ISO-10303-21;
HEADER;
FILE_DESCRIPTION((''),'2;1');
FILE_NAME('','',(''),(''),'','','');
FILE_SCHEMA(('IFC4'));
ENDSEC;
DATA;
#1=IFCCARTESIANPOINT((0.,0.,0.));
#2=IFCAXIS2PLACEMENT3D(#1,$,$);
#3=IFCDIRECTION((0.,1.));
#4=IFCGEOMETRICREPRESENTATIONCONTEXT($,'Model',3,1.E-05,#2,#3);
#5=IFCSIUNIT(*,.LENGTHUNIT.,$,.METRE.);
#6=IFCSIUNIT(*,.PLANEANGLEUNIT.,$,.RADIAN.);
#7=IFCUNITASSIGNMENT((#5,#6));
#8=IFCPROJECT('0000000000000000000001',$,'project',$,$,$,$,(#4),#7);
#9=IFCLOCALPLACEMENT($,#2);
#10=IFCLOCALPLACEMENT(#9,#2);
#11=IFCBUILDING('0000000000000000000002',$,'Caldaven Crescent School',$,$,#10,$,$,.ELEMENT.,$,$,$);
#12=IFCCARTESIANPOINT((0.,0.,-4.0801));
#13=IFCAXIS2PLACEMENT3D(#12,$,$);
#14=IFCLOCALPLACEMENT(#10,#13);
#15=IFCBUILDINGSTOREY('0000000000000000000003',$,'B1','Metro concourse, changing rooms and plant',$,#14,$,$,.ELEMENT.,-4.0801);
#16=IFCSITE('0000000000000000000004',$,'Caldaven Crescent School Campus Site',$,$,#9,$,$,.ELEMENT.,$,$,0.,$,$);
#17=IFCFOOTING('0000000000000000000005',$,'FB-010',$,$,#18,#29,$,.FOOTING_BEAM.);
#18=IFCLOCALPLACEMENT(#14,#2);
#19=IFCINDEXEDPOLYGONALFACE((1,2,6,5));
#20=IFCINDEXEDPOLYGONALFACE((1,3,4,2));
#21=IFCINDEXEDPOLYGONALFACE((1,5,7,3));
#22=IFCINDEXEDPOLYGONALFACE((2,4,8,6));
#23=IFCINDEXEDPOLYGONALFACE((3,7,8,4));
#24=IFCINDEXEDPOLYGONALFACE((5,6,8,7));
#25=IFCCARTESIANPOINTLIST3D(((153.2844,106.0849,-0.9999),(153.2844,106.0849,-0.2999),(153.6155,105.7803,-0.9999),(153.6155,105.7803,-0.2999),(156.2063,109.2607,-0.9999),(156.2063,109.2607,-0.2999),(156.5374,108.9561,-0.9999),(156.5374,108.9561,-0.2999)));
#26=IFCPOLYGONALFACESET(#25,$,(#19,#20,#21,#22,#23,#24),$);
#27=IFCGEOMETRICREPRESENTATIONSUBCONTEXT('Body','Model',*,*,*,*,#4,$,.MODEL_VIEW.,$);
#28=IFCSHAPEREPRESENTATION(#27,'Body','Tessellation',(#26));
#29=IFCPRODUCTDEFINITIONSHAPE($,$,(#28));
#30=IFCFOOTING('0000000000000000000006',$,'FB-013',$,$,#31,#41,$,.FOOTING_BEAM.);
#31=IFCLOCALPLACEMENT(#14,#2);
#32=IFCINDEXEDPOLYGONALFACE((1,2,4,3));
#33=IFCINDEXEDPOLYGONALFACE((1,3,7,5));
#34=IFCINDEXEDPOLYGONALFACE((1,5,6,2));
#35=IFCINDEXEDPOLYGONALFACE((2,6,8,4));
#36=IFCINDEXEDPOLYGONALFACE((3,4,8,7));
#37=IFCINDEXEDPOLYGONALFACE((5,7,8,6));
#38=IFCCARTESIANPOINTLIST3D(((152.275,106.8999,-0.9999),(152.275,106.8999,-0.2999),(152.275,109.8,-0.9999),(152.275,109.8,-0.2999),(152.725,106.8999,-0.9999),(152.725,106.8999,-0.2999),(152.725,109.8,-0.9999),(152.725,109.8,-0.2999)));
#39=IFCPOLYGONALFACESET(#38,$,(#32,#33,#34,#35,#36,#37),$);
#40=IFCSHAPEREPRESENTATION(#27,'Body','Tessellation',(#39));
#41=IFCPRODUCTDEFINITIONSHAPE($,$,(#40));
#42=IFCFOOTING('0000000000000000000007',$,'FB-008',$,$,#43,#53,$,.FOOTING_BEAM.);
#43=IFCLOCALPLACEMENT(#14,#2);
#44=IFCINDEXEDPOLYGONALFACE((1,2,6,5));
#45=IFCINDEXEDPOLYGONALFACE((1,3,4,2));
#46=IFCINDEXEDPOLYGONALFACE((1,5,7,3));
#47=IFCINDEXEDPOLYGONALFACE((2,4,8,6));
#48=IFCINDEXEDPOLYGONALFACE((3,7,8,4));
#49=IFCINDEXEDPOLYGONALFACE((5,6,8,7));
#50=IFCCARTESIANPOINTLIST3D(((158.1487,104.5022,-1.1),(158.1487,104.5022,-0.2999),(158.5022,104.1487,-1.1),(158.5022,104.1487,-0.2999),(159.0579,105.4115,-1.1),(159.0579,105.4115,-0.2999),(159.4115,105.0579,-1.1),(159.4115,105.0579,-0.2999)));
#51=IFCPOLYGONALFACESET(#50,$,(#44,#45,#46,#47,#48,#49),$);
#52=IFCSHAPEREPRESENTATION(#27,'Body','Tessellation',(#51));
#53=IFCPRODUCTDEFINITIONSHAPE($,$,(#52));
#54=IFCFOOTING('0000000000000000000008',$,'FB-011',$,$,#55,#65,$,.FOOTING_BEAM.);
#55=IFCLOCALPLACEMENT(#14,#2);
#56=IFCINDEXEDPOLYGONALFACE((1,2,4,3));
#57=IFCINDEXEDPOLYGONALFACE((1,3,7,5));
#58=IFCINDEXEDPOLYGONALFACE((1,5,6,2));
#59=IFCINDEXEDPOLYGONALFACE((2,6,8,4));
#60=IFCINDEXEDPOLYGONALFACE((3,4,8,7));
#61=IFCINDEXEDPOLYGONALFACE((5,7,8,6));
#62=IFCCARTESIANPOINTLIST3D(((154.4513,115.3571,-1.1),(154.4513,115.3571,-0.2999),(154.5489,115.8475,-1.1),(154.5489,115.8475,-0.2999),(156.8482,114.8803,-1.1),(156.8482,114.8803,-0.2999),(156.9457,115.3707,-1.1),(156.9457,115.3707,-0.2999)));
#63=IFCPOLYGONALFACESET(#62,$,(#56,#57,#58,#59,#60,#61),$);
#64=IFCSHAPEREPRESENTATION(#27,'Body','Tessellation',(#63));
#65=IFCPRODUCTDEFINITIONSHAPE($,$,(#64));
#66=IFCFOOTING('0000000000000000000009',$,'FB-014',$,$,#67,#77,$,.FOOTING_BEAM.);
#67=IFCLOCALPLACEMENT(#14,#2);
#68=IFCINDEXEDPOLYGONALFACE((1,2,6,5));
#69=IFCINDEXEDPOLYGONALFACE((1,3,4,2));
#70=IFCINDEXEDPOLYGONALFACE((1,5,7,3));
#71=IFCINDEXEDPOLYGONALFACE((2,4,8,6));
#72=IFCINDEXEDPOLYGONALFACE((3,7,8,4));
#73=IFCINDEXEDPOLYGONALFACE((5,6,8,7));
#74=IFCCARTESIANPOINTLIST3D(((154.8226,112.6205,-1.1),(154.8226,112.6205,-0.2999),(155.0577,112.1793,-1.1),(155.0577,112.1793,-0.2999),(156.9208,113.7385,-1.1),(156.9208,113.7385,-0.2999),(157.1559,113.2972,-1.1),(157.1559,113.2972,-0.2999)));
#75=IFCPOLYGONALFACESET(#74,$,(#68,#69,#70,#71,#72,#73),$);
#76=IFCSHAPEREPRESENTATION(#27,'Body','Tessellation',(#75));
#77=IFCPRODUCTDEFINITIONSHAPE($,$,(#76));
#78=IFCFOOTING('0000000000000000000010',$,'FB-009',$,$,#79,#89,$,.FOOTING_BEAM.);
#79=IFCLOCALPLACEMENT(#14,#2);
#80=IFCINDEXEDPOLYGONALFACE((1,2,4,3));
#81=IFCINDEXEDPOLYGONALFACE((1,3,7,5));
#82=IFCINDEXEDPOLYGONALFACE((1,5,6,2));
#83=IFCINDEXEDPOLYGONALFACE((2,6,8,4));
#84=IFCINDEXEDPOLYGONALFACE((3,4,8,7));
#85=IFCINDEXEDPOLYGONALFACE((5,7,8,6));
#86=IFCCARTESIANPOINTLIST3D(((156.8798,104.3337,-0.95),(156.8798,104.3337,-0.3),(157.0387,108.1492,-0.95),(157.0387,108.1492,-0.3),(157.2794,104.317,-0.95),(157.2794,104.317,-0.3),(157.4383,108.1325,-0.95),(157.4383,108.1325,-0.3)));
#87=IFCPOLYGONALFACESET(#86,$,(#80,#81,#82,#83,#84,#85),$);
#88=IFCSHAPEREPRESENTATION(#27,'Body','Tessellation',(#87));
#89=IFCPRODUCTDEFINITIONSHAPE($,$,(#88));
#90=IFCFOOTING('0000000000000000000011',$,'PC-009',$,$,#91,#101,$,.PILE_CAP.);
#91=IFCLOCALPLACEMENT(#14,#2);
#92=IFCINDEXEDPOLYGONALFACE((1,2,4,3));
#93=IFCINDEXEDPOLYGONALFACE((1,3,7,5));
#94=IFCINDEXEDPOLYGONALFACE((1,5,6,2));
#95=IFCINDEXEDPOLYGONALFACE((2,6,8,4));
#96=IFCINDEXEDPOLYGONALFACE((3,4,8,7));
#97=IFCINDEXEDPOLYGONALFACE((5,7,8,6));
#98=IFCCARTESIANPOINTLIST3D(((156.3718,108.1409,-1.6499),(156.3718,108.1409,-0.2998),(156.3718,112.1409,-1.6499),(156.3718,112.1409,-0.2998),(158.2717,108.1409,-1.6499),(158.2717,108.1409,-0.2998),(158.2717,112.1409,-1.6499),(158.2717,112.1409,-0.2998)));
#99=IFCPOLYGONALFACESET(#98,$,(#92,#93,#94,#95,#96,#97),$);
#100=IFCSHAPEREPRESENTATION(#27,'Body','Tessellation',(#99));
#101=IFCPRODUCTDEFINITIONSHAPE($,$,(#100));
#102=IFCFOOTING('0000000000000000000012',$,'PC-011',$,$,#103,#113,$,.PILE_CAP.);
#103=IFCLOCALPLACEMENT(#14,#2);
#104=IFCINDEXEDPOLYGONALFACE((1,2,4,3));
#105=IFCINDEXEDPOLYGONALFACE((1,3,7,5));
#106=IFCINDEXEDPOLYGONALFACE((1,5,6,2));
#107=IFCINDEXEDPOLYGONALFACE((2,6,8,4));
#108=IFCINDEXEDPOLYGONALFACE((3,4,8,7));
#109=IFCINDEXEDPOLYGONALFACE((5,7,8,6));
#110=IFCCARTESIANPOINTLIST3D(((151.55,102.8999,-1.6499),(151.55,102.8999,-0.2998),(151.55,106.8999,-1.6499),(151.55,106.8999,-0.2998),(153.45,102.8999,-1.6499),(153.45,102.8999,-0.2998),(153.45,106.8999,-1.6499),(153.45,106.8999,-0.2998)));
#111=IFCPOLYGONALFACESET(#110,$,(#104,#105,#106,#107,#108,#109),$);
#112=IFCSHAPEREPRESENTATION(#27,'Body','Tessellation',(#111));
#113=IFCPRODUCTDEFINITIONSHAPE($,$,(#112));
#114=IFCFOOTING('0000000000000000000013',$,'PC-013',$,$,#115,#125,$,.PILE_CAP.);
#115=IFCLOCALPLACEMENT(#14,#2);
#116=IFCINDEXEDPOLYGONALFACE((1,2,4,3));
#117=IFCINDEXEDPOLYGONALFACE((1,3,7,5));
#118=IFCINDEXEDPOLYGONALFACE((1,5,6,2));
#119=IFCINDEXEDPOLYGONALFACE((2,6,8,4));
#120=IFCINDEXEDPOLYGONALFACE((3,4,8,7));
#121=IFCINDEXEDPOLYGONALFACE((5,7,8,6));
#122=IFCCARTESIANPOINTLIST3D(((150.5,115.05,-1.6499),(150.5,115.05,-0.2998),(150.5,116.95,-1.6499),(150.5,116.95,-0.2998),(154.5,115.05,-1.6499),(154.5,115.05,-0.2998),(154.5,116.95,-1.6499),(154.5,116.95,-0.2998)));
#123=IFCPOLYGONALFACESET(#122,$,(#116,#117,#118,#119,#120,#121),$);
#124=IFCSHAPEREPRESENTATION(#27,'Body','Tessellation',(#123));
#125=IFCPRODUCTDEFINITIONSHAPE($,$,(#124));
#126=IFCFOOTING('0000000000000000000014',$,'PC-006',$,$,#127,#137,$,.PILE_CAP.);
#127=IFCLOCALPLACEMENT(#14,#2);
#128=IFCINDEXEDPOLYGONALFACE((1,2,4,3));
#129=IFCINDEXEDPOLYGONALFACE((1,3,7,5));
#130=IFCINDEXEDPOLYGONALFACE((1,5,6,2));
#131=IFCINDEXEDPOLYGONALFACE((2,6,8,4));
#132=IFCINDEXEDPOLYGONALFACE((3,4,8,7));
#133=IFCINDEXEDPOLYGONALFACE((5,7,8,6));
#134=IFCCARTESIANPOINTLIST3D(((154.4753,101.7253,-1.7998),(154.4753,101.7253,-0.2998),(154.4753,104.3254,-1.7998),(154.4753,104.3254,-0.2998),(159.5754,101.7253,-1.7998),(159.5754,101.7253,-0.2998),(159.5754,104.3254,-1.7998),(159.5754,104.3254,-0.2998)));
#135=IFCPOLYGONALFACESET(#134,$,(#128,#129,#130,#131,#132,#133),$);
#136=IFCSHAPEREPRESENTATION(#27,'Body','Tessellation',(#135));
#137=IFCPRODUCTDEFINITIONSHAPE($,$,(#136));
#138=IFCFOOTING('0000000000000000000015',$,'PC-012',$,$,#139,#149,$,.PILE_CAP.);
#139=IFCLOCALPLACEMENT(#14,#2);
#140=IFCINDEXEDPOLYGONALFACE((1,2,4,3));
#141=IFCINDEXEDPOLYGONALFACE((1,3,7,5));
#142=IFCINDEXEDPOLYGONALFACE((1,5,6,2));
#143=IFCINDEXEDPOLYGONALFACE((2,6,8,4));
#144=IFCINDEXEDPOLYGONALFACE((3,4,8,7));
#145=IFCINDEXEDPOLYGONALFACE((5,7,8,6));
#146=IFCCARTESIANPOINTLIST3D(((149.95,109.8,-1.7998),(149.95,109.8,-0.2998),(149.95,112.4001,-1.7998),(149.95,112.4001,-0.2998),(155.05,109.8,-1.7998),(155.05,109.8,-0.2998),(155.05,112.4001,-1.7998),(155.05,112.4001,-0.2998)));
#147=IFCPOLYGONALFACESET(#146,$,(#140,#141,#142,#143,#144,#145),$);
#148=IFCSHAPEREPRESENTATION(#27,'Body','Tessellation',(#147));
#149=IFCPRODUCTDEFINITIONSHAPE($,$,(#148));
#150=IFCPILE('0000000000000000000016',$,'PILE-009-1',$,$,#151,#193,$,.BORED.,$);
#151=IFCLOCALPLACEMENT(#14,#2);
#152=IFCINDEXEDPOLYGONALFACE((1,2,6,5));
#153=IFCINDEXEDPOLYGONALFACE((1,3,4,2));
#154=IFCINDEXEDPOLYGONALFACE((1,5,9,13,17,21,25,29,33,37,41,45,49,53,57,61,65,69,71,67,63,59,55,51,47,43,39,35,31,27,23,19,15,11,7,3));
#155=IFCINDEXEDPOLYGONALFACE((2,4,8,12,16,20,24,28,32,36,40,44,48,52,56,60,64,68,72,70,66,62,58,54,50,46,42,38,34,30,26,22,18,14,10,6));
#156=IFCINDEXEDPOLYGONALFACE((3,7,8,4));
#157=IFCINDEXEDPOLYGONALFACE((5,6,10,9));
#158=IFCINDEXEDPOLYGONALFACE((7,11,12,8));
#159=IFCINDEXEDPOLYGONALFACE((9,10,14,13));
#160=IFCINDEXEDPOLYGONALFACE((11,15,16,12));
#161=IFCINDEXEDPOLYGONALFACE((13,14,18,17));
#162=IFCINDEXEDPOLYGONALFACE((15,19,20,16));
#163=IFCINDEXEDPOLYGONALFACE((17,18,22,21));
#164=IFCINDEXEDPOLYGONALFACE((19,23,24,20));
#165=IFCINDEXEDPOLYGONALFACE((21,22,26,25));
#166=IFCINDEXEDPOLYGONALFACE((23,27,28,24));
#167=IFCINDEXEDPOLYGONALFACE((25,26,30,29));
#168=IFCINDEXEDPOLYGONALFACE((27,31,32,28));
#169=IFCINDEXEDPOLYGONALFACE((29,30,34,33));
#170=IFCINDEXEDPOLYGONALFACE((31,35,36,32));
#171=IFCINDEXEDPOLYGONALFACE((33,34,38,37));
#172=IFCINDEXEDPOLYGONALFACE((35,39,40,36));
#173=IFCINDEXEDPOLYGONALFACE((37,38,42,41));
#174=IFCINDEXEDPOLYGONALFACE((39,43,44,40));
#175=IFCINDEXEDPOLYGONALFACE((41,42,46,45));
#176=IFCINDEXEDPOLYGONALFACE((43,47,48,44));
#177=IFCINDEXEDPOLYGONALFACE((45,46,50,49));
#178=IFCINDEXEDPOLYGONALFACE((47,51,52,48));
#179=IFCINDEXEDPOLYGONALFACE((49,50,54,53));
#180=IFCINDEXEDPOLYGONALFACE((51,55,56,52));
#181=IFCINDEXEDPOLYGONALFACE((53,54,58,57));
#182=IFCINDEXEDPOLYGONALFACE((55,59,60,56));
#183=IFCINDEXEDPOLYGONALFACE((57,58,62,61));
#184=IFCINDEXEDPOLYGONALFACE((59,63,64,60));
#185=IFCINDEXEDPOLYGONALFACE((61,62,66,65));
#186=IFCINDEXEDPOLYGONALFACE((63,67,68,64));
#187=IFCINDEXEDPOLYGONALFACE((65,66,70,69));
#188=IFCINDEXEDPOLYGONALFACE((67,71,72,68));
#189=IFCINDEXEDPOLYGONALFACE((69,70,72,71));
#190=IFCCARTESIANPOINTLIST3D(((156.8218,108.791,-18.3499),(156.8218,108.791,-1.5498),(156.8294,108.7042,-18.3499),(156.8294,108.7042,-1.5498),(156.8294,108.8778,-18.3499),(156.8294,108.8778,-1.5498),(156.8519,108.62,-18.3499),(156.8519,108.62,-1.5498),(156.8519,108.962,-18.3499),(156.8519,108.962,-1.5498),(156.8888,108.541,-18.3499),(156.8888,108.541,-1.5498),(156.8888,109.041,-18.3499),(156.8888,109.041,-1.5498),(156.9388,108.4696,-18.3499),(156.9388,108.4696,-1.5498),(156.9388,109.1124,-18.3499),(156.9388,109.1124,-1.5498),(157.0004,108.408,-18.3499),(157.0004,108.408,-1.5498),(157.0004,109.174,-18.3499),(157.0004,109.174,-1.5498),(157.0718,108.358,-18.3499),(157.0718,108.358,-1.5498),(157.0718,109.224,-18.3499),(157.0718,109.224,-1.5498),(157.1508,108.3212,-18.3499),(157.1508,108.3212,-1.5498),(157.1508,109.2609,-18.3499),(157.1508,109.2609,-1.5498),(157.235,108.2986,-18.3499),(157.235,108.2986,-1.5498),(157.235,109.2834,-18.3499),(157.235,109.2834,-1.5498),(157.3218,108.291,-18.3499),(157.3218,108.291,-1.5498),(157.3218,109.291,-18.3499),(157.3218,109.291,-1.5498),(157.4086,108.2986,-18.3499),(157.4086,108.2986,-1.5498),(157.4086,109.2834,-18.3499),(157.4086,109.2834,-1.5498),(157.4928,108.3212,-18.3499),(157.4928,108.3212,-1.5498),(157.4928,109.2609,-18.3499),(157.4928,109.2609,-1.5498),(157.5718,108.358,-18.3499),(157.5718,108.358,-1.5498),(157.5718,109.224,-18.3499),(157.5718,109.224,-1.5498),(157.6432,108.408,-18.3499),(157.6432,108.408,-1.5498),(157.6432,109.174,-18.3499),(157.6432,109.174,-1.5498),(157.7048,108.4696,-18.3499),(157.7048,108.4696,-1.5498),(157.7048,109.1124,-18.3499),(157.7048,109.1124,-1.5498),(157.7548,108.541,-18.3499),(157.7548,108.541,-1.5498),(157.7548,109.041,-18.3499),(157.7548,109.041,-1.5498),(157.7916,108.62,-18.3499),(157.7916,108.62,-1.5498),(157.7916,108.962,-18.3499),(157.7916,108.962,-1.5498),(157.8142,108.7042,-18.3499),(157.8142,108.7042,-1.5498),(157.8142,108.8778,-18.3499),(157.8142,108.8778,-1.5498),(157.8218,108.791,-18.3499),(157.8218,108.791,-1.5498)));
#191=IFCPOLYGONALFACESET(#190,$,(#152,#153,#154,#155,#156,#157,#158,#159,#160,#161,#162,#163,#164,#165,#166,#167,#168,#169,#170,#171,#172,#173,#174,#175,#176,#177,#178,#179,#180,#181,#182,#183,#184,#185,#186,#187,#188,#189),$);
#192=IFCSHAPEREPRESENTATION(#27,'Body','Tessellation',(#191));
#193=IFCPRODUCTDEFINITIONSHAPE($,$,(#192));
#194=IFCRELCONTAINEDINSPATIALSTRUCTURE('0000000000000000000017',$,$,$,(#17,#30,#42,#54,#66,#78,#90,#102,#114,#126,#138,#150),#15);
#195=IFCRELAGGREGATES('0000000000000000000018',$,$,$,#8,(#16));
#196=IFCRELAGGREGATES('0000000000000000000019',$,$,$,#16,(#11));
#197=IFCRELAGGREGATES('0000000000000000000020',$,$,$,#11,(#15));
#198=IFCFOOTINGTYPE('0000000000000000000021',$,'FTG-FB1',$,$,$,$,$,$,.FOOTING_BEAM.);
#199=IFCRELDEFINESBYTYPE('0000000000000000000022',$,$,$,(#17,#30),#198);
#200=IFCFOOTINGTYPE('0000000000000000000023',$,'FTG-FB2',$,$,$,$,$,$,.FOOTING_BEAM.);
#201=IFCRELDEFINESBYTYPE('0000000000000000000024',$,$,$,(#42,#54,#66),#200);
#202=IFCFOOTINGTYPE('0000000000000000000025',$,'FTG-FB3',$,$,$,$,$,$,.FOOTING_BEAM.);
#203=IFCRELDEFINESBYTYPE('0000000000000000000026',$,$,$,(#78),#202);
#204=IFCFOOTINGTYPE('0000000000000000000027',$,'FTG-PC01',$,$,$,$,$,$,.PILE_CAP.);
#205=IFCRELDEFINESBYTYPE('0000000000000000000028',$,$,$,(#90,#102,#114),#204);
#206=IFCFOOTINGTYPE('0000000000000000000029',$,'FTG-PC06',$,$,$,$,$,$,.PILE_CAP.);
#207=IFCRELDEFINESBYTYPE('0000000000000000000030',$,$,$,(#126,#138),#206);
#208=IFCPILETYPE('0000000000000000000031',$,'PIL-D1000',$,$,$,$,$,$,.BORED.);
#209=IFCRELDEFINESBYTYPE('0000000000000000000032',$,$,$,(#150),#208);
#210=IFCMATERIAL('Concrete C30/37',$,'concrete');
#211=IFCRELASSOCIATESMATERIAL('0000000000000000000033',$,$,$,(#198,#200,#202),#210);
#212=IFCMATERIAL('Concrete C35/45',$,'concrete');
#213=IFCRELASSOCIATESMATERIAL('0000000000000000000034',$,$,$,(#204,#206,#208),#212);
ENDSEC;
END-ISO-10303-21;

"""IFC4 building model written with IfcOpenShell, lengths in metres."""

from ifc_helpers import new_model, si_unit, direction, frame, origin, origin_2d, place, context, subcontext, project, spatial, rectangle, circle, extrude, material, material_profile, profile_set, type_object, element, save


model = new_model("IFC4")

# Units and contexts
model_context = context("Model", 3, precision=1e-05, world=origin(), true_north=direction((0.0, 1.0)))
body_context = subcontext(model_context, "Body", "Model", "MODEL_VIEW")
ifc_project = project(units=[si_unit("LENGTHUNIT", "METRE"), si_unit("PLANEANGLEUNIT", "RADIAN")], contexts=[model_context])

# Site, building, storey
site_placement = place(None, origin())
site = spatial("IfcSite", under=ifc_project, at=site_placement, Name="Caldaven Crescent School Campus Site", CompositionType="ELEMENT", RefElevation=0.0)
building_placement = place(site_placement, origin())
building = spatial("IfcBuilding", under=site, at=building_placement, Name="Caldaven Crescent School", CompositionType="ELEMENT")
storey_placement = place(building_placement, frame((0.0, 0.0, -4.0801)))
storey = spatial("IfcBuildingStorey", under=building, at=storey_placement, Name="B1", Description="Metro concourse, changing rooms and plant", CompositionType="ELEMENT", Elevation=-4.0801)

# Footings
ifc_material_1 = material(Name="Concrete C30/37", Category="concrete")
ifc_material_profile_1 = material_profile(ifc_material_1, rectangle(XDim=0.45, YDim=0.7, at=origin_2d()), Name="FB 450x700")
ifc_profile_set_1 = profile_set([ifc_material_profile_1], Name="Concrete C30/37")
footing_type_1 = type_object("IfcFootingType", Name="FTG-FB1", PredefinedType="FOOTING_BEAM", material=ifc_profile_set_1)
footing_1_placement = place(storey_placement, frame((156.3718, 109.1084, -0.6499), z_axis=(-0.677076, -0.735913, 0.0), x_axis=(0.735913, -0.677076, 0.0)))
element("IfcFooting", 1, at=footing_1_placement, inside=storey, type_object=footing_type_1, Name="FB-010", PredefinedType="FOOTING_BEAM", context=body_context, shape_type="SweptSolid", body=[
    extrude(rectangle(XDim=0.45, YDim=0.7, at=origin_2d()), origin(), (0.0, 0.0, 1.0), 4.3154),
])
footing_2_placement = place(storey_placement, frame((152.5, 106.8999, -0.6499), z_axis=(0.0, 1.0, 0.0), x_axis=(-1.0, 0.0, 0.0)))
element("IfcFooting", 2, at=footing_2_placement, inside=storey, type_object=footing_type_1, Name="FB-013", PredefinedType="FOOTING_BEAM", context=body_context, shape_type="SweptSolid", body=[
    extrude(rectangle(XDim=0.45, YDim=0.7, at=origin_2d()), origin(), (0.0, 0.0, 1.0), 2.9001),
])
ifc_material_profile_2 = material_profile(ifc_material_1, rectangle(XDim=0.5, YDim=0.8, at=origin_2d()), Name="FB 500x800")
ifc_profile_set_2 = profile_set([ifc_material_profile_2], Name="Concrete C30/37")
footing_type_2 = type_object("IfcFootingType", Name="FTG-FB2", PredefinedType="FOOTING_BEAM", material=ifc_profile_set_2)
footing_3_placement = place(storey_placement, frame((158.3254, 104.3254, -0.7), z_axis=(0.707107, 0.707107, 0.0), x_axis=(-0.707107, 0.707107, 0.0)))
element("IfcFooting", 3, at=footing_3_placement, inside=storey, type_object=footing_type_2, Name="FB-008", PredefinedType="FOOTING_BEAM", context=body_context, shape_type="SweptSolid", body=[
    extrude(rectangle(XDim=0.5, YDim=0.8, at=origin_2d()), origin(), (0.0, 0.0, 1.0), 1.2859),
])
footing_4_placement = place(storey_placement, frame((156.897, 115.1255, -0.7), z_axis=(-0.980784, 0.195098, 0.0), x_axis=(-0.195098, -0.980784, 0.0)))
element("IfcFooting", 4, at=footing_4_placement, inside=storey, type_object=footing_type_2, Name="FB-011", PredefinedType="FOOTING_BEAM", context=body_context, shape_type="SweptSolid", body=[
    extrude(rectangle(XDim=0.5, YDim=0.8, at=origin_2d()), origin(), (0.0, 0.0, 1.0), 2.4438),
])
footing_5_placement = place(storey_placement, frame((154.9402, 112.3999, -0.7), z_axis=(0.882543, 0.470231, 0.0), x_axis=(-0.470231, 0.882543, 0.0)))
element("IfcFooting", 5, at=footing_5_placement, inside=storey, type_object=footing_type_2, Name="FB-014", PredefinedType="FOOTING_BEAM", context=body_context, shape_type="SweptSolid", body=[
    extrude(rectangle(XDim=0.5, YDim=0.8, at=origin_2d()), origin(), (0.0, 0.0, 1.0), 2.3774),
])
ifc_material_profile_3 = material_profile(ifc_material_1, rectangle(XDim=0.3999, YDim=0.6499, at=origin_2d()), Name="FB 400x650")
ifc_profile_set_3 = profile_set([ifc_material_profile_3], Name="Concrete C30/37")
footing_type_3 = type_object("IfcFootingType", Name="FTG-FB3", PredefinedType="FOOTING_BEAM", material=ifc_profile_set_3)
footing_6_placement = place(storey_placement, frame((157.2385, 108.1409, -0.625), z_axis=(-0.04162, -0.999134, 0.0), x_axis=(0.999134, -0.04162, 0.0)))
element("IfcFooting", 6, at=footing_6_placement, inside=storey, type_object=footing_type_3, Name="FB-009", PredefinedType="FOOTING_BEAM", context=body_context, shape_type="SweptSolid", body=[
    extrude(rectangle(XDim=0.3999, YDim=0.6499, at=origin_2d()), origin(), (0.0, 0.0, 1.0), 3.8188),
])
ifc_material_2 = material(Name="Concrete C35/45", Category="concrete")
footing_type_4 = type_object("IfcFootingType", Name="FTG-PC01", PredefinedType="PILE_CAP", material=ifc_material_2)
for number, where, z_axis, x_axis, name in (
    (7, (157.3218, 110.1409, -1.6499), (0.0, 0.0, 1.0), (0.0, 1.0, 0.0), "PC-009"),
    (8, (152.5, 104.8999, -1.6499), (0.0, 0.0, 1.0), (0.0, 1.0, 0.0), "PC-011"),
    (9, (152.5, 116.0, -1.6499), (0.0, 0.0, 1.0), (1.0, 0.0, 0.0), "PC-013"),
):
    element("IfcFooting", number, at=place(storey_placement, frame(where, z_axis=z_axis, x_axis=x_axis)), inside=storey, type_object=footing_type_4, Name=name, PredefinedType="PILE_CAP", context=body_context, shape_type="SweptSolid", body=[
        extrude(rectangle(XDim=4.0, YDim=1.8999, at=origin_2d()), origin(), (0.0, 0.0, 1.0), 1.3501),
    ])
footing_type_5 = type_object("IfcFootingType", Name="FTG-PC06", PredefinedType="PILE_CAP", material=ifc_material_2)
for number, where, z_axis, x_axis, name in (
    (10, (157.0254, 103.0254, -1.7998), (0.0, 0.0, 1.0), (1.0, 0.0, 0.0), "PC-006"),
    (11, (152.5, 111.1001, -1.7998), (0.0, 0.0, 1.0), (1.0, 0.0, 0.0), "PC-012"),
):
    element("IfcFooting", number, at=place(storey_placement, frame(where, z_axis=z_axis, x_axis=x_axis)), inside=storey, type_object=footing_type_5, Name=name, PredefinedType="PILE_CAP", context=body_context, shape_type="SweptSolid", body=[
        extrude(rectangle(XDim=5.1001, YDim=2.6001, at=origin_2d()), origin(), (0.0, 0.0, 1.0), 1.5),
    ])

# Pile
ifc_material_profile_4 = material_profile(ifc_material_2, circle(Radius=0.5, at=origin_2d()), Name="PILE D1000")
ifc_profile_set_4 = profile_set([ifc_material_profile_4], Name="Concrete C35/45")
pile_type_1 = type_object("IfcPileType", Name="PIL-D1000", PredefinedType="BORED", material=ifc_profile_set_4)
for number, where, z_axis, x_axis, name in (
    (12, (157.3218, 108.791, -1.5498), (0.0, 0.0, -1.0), (1.0, 0.0, 0.0), "PILE-009-1"),
):
    element("IfcPile", number, at=place(storey_placement, frame(where, z_axis=z_axis, x_axis=x_axis)), inside=storey, type_object=pile_type_1, Name=name, PredefinedType="BORED", context=body_context, shape_type="SweptSolid", body=[
        extrude(circle(Radius=0.5, at=origin_2d()), origin(), (0.0, 0.0, 1.0), 16.8),
    ])

save(model, "model.ifc")
